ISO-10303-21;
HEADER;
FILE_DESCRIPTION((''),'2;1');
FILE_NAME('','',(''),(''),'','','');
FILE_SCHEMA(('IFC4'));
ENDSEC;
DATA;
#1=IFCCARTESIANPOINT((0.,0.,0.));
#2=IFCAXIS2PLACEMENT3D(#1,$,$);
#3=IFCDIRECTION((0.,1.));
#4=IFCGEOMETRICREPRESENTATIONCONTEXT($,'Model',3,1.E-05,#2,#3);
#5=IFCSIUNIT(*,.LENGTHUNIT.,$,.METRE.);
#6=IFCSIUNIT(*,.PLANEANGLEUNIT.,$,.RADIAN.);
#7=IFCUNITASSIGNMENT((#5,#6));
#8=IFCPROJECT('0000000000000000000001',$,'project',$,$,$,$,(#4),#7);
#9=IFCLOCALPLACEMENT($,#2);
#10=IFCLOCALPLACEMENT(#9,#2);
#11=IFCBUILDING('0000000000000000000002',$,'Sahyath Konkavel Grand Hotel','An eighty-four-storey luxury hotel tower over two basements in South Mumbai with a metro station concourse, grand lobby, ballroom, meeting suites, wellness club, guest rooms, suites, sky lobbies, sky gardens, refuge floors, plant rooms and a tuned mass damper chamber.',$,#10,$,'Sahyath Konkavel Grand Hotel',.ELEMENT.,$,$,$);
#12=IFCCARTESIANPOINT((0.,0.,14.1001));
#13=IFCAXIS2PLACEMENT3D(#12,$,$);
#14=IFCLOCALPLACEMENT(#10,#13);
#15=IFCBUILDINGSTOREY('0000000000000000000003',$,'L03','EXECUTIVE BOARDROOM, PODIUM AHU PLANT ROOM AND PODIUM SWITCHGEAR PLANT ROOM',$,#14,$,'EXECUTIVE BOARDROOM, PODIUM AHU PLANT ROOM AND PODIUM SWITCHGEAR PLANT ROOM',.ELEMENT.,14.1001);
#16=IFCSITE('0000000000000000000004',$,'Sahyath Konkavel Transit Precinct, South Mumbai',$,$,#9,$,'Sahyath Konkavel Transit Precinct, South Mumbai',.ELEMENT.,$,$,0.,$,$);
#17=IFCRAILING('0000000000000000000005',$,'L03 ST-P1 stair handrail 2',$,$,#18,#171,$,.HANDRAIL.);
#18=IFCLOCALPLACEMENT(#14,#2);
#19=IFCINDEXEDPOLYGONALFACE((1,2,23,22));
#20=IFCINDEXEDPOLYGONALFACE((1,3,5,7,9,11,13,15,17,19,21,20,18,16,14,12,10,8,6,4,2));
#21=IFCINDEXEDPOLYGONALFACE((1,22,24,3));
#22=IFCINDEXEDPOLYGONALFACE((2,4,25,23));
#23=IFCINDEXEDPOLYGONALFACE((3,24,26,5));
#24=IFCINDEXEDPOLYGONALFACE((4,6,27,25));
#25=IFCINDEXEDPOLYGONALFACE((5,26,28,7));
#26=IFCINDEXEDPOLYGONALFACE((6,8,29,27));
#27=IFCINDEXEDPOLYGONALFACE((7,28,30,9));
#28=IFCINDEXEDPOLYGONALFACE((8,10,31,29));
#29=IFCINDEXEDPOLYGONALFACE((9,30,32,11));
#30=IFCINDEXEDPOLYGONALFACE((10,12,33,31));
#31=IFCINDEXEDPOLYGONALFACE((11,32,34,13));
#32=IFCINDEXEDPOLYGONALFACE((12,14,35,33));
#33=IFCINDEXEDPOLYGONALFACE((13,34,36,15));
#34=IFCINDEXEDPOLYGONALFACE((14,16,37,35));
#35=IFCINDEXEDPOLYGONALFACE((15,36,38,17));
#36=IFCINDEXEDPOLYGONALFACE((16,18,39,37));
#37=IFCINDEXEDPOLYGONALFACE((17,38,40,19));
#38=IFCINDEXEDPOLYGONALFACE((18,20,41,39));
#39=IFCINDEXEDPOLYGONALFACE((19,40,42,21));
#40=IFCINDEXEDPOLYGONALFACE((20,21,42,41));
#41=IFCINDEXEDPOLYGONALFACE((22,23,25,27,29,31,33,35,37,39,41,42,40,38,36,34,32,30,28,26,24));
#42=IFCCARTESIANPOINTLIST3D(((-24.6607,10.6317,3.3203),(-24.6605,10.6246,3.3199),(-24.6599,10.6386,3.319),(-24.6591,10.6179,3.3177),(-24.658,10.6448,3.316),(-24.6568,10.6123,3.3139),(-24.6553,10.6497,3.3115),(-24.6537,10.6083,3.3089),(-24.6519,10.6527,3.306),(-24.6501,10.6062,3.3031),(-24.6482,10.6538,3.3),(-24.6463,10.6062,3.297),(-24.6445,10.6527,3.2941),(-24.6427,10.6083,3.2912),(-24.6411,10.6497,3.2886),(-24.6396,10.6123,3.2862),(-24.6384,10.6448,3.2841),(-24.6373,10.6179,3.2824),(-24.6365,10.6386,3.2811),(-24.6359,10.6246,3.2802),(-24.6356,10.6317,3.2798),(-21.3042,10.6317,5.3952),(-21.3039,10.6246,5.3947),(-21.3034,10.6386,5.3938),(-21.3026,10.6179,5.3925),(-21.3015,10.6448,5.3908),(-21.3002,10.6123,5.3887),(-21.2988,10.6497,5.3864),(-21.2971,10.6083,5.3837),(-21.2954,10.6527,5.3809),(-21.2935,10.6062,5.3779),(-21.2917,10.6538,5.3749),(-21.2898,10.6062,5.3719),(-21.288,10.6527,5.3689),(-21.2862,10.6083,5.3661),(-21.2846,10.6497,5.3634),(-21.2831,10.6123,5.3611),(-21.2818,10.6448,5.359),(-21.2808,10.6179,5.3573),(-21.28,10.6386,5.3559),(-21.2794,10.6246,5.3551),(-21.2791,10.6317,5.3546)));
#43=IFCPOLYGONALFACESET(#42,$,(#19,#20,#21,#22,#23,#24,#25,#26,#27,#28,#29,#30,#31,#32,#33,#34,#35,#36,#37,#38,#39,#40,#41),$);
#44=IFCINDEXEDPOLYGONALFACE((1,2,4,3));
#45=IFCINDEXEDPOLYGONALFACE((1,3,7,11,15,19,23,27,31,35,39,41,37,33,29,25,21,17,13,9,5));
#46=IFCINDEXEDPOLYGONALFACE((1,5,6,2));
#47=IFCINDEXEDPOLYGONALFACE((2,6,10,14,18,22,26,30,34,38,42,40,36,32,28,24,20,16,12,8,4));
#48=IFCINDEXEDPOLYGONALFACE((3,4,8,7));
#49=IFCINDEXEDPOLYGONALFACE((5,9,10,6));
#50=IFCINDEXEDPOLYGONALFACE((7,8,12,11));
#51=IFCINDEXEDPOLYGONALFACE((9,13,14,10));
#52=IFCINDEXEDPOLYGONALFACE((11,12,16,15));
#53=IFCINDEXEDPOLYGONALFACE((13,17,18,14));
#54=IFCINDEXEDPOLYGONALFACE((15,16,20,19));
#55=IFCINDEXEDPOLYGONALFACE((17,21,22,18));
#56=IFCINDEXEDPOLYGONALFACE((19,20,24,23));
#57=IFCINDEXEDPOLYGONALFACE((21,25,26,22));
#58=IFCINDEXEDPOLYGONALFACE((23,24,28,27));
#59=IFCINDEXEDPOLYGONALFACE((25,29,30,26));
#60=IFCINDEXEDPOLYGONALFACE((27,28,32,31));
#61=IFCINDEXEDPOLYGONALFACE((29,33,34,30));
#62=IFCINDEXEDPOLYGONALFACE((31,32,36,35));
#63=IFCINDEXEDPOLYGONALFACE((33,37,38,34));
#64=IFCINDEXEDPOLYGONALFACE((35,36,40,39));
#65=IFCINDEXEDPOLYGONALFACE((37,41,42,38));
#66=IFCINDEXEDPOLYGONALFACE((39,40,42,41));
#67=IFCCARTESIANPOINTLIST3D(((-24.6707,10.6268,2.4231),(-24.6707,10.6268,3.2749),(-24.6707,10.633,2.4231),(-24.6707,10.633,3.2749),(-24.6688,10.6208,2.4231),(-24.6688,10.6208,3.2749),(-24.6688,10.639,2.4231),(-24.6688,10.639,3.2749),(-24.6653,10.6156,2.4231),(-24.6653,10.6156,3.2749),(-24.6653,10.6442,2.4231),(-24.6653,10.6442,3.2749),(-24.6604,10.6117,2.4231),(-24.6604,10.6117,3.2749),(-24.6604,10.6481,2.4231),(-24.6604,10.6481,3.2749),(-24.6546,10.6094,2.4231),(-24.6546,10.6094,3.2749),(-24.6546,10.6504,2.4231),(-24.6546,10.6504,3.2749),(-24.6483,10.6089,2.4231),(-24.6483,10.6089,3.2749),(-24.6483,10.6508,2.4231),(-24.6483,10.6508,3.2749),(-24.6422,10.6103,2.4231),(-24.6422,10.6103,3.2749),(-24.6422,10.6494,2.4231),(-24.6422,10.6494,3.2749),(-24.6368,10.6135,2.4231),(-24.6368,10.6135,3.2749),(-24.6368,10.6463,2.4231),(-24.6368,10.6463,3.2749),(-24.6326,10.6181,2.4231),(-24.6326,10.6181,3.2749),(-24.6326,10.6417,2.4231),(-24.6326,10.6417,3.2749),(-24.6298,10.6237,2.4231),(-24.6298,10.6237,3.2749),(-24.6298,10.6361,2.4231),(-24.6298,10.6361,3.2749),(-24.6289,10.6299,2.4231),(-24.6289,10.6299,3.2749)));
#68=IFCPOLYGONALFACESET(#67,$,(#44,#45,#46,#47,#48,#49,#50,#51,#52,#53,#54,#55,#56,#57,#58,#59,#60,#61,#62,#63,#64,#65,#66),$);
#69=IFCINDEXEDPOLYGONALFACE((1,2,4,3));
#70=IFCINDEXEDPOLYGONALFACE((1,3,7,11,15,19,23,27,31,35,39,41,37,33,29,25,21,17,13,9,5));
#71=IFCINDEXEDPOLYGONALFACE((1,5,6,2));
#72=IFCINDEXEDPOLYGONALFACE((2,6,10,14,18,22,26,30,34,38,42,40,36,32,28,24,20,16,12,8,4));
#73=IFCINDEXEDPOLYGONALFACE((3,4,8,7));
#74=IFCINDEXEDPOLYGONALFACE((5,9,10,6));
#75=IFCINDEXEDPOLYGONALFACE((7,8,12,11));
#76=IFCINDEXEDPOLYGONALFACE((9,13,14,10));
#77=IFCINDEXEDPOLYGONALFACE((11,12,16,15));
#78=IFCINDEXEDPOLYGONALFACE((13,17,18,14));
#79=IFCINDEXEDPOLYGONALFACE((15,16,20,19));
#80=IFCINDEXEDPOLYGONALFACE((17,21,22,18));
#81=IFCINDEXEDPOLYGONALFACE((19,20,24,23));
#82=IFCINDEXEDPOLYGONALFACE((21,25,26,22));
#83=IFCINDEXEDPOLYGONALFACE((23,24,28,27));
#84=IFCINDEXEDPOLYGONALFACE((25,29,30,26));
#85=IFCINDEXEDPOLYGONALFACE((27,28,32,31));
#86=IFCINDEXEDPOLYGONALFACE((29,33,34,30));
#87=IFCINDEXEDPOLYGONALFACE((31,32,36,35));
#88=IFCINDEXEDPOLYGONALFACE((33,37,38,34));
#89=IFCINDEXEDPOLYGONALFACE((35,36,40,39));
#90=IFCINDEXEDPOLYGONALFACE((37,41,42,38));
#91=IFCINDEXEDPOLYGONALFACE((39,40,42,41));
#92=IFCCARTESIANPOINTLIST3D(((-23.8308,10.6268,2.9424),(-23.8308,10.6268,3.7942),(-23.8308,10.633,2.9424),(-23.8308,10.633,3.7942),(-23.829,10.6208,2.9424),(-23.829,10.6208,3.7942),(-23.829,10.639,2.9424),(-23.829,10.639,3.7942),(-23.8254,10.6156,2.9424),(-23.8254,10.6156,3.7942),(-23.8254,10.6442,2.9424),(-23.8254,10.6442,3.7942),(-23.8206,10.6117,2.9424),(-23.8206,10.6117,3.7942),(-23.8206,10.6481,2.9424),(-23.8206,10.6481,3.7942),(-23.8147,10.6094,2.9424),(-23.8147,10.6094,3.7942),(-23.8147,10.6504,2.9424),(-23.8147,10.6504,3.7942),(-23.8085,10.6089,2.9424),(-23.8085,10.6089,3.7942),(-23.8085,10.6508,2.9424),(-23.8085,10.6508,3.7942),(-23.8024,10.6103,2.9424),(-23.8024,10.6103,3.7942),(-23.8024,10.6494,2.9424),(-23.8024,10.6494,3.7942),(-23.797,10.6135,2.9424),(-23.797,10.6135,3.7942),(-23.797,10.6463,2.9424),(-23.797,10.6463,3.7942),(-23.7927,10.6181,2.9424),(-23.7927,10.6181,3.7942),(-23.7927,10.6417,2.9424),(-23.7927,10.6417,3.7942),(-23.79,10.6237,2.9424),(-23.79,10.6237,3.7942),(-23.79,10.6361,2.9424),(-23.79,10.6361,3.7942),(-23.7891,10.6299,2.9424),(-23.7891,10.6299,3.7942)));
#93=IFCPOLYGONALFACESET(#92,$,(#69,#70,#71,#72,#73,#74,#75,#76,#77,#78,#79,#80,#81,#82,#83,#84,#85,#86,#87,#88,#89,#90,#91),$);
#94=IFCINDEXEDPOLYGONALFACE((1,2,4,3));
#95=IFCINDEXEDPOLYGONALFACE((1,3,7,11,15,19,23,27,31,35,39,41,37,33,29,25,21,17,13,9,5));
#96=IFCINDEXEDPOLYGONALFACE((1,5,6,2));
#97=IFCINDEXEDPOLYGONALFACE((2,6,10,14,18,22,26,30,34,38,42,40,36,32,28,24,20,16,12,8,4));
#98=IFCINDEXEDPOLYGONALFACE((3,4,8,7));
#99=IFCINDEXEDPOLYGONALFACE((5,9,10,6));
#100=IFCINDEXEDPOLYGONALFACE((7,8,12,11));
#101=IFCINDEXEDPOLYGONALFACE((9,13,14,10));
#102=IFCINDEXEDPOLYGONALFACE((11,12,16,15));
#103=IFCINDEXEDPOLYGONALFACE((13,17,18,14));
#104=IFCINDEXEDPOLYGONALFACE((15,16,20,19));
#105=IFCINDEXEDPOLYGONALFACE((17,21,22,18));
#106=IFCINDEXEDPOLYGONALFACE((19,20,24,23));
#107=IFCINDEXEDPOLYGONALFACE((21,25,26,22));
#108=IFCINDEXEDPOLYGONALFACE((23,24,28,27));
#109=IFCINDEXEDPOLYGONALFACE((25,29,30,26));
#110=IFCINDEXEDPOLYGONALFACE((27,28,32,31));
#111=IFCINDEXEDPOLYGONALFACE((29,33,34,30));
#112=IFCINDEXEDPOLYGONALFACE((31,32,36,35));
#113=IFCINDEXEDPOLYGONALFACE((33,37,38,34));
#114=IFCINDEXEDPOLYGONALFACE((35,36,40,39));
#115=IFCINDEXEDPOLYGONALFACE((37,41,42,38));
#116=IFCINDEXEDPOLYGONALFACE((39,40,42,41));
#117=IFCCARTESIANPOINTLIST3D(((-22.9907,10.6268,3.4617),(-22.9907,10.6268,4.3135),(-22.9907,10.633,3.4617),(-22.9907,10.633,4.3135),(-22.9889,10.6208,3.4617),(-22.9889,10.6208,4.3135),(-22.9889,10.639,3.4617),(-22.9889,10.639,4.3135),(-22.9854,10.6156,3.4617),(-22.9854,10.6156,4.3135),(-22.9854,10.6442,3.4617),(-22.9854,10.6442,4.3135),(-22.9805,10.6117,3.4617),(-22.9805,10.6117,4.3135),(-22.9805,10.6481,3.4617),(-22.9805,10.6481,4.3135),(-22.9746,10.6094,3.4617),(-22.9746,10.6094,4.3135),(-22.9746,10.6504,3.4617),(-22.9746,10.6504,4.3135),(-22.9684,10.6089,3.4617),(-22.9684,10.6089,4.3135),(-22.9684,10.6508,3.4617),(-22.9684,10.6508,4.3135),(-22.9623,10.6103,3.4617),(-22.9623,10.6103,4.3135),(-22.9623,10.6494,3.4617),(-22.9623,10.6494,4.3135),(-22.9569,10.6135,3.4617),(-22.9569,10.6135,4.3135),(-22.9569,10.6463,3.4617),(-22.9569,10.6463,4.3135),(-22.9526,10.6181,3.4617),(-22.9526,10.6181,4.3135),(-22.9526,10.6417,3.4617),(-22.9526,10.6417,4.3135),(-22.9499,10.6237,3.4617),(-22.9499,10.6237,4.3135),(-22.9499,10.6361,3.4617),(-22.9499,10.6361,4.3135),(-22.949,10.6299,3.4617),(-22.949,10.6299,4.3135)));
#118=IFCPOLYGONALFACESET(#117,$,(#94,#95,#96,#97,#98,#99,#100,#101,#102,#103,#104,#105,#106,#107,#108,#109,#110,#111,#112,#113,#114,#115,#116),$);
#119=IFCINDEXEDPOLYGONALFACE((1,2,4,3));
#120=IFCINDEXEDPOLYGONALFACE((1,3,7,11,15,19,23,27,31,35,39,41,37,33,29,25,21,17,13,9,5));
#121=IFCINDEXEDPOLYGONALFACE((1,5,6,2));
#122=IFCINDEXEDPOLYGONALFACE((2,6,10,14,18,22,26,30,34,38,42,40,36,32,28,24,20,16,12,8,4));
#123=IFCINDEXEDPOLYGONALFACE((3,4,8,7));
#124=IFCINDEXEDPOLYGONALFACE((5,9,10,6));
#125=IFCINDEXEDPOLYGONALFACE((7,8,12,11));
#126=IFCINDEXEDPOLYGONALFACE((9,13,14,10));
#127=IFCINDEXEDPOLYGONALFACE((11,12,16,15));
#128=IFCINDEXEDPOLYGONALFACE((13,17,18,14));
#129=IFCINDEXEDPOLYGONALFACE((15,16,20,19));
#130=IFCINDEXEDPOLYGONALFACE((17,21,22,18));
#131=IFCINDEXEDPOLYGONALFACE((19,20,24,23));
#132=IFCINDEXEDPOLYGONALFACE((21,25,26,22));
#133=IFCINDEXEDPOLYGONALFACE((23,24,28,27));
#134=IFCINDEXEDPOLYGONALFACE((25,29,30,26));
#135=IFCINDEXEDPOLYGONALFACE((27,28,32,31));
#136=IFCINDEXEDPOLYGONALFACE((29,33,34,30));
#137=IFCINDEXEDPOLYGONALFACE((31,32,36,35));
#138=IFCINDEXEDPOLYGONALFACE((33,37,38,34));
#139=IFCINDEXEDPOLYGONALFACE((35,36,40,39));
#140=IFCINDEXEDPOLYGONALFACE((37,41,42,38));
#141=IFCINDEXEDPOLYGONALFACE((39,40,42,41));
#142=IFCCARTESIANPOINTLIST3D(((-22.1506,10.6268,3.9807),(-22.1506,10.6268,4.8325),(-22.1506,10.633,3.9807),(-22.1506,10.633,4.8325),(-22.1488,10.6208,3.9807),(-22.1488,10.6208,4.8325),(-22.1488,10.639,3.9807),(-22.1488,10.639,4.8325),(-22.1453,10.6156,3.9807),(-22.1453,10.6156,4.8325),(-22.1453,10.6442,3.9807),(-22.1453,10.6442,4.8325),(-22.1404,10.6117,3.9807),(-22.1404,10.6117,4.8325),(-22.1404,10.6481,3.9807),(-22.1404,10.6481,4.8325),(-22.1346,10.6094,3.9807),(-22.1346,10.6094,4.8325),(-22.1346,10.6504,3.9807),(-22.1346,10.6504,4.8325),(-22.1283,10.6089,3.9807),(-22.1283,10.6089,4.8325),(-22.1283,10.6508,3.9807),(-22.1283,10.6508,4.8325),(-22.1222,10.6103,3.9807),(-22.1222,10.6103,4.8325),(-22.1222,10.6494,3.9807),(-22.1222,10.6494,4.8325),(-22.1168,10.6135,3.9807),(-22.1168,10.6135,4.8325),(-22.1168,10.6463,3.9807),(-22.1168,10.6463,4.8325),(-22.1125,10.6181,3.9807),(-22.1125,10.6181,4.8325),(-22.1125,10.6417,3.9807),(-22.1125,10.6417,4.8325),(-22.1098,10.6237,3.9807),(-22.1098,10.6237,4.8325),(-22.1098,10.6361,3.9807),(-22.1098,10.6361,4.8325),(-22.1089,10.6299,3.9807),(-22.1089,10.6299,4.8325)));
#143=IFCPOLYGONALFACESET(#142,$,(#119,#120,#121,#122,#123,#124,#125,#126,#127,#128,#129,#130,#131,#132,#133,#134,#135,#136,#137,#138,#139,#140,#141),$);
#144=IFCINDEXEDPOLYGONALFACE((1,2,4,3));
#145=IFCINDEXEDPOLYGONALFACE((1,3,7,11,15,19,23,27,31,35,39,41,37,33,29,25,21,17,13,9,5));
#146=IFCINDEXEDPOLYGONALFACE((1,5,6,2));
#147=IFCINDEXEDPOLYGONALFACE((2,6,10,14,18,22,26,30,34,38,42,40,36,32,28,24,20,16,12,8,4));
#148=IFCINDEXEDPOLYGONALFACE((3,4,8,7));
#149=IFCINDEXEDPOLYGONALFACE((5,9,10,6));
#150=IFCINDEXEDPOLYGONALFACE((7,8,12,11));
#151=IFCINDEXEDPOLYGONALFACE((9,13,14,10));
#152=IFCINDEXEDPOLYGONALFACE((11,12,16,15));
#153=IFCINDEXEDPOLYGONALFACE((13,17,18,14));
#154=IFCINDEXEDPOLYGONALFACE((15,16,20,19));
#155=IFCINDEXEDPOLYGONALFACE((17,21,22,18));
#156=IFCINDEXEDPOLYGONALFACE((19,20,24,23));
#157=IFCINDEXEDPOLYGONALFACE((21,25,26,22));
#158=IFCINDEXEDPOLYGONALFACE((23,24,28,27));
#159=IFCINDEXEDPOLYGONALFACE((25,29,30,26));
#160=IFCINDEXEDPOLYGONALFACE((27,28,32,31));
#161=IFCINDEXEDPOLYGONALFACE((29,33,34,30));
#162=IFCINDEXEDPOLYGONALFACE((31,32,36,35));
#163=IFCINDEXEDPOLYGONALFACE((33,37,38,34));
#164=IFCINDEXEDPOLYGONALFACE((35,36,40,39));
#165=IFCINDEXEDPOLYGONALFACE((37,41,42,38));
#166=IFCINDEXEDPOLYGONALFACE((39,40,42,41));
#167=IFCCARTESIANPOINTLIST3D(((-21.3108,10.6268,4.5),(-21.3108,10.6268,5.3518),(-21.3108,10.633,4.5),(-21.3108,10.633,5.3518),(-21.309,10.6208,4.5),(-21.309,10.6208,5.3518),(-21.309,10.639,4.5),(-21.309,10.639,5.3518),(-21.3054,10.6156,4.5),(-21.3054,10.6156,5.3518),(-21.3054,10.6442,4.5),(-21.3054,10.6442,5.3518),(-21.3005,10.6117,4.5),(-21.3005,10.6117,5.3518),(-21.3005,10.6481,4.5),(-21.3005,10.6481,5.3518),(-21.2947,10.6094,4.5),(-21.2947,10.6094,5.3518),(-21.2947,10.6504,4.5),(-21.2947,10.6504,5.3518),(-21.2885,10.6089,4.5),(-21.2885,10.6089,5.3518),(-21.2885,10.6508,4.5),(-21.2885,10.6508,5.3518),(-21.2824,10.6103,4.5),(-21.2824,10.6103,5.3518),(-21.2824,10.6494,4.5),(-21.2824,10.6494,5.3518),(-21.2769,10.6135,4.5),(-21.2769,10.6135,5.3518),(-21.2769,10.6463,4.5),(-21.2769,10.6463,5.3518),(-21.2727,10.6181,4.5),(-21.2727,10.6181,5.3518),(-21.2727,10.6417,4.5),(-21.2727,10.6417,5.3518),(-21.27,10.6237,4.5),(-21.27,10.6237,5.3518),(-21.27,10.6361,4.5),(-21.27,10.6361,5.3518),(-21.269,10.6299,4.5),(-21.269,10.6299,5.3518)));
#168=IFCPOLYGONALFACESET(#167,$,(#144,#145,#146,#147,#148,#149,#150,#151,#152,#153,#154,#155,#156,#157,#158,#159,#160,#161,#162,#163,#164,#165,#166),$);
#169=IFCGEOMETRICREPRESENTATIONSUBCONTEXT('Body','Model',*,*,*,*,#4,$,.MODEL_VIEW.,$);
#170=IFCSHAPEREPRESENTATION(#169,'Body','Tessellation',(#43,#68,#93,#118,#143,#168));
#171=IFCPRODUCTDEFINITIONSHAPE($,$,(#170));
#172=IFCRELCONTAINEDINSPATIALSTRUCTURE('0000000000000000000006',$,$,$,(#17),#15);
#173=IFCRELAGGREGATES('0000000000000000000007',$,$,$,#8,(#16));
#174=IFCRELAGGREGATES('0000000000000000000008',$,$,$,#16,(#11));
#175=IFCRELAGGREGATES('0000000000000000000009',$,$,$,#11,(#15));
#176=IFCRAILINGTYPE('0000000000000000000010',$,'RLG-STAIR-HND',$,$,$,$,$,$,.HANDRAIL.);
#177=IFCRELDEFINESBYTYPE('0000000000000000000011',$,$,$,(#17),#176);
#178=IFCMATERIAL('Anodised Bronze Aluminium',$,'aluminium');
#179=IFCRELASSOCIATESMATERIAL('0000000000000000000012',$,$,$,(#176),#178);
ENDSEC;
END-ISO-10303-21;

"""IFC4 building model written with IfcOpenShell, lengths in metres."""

from ifc_helpers import new_model, si_unit, direction, frame, origin, origin_2d, place, context, subcontext, project, spatial, circle, extrude, material, type_object, element, save


model = new_model("IFC4")

# Units and contexts
model_context = context("Model", 3, precision=1e-05, world=origin(), true_north=direction((0.0, 1.0)))
body_context = subcontext(model_context, "Body", "Model", "MODEL_VIEW")
ifc_project = project(units=[si_unit("LENGTHUNIT", "METRE"), si_unit("PLANEANGLEUNIT", "RADIAN")], contexts=[model_context])

# Site, building, storey
site_placement = place(None, origin())
site = spatial("IfcSite", under=ifc_project, at=site_placement, Name="Sahyath Konkavel Transit Precinct, South Mumbai", LongName="Sahyath Konkavel Transit Precinct, South Mumbai", CompositionType="ELEMENT", RefElevation=0.0)
building_placement = place(site_placement, origin())
building = spatial("IfcBuilding", under=site, at=building_placement, Name="Sahyath Konkavel Grand Hotel", Description="An eighty-four-storey luxury hotel tower over two basements in South Mumbai with a metro station concourse, grand lobby, ballroom, meeting suites, wellness club, guest rooms, suites, sky lobbies, sky gardens, refuge floors, plant rooms and a tuned mass damper chamber.", LongName="Sahyath Konkavel Grand Hotel", CompositionType="ELEMENT")
storey_placement = place(building_placement, frame((0.0, 0.0, 14.1001)))
storey = spatial("IfcBuildingStorey", under=building, at=storey_placement, Name="L03", Description="EXECUTIVE BOARDROOM, PODIUM AHU PLANT ROOM AND PODIUM SWITCHGEAR PLANT ROOM", LongName="EXECUTIVE BOARDROOM, PODIUM AHU PLANT ROOM AND PODIUM SWITCHGEAR PLANT ROOM", CompositionType="ELEMENT", Elevation=14.1001)

# Railing
ifc_material_1 = material(Name="Anodised Bronze Aluminium", Category="aluminium")
railing_type = type_object("IfcRailingType", Name="RLG-STAIR-HND", PredefinedType="HANDRAIL", material=ifc_material_1)
railing_placement = place(storey_placement, frame((-24.6499, 10.6299, 2.4231)))
element("IfcRailing", 1, at=railing_placement, inside=storey, type_object=railing_type, Name="L03 ST-P1 stair handrail 2", PredefinedType="HANDRAIL", context=body_context, shape_type="SweptSolid", body=[
    extrude(circle(Radius=0.0239, at=origin_2d()), frame((0.0017, 0.0, 0.877), z_axis=(0.850606, 0.0, 0.525803), x_axis=(0.0, 1.0, 0.0)), (0.0, 0.0, 1.0), 3.946),
    extrude(circle(Radius=0.021, at=origin_2d()), origin(), (0.0, 0.0, 1.0), 0.8518),
    extrude(circle(Radius=0.021, at=origin_2d()), frame((0.8398, 0.0, 0.5193)), (0.0, 0.0, 1.0), 0.8518),
    extrude(circle(Radius=0.021, at=origin_2d()), frame((1.6799, 0.0, 1.0386)), (0.0, 0.0, 1.0), 0.8518),
    extrude(circle(Radius=0.021, at=origin_2d()), frame((2.52, 0.0, 1.5576)), (0.0, 0.0, 1.0), 0.8518),
    extrude(circle(Radius=0.021, at=origin_2d()), frame((3.3599, 0.0, 2.0769)), (0.0, 0.0, 1.0), 0.8518),
])

save(model, "model.ifc")
